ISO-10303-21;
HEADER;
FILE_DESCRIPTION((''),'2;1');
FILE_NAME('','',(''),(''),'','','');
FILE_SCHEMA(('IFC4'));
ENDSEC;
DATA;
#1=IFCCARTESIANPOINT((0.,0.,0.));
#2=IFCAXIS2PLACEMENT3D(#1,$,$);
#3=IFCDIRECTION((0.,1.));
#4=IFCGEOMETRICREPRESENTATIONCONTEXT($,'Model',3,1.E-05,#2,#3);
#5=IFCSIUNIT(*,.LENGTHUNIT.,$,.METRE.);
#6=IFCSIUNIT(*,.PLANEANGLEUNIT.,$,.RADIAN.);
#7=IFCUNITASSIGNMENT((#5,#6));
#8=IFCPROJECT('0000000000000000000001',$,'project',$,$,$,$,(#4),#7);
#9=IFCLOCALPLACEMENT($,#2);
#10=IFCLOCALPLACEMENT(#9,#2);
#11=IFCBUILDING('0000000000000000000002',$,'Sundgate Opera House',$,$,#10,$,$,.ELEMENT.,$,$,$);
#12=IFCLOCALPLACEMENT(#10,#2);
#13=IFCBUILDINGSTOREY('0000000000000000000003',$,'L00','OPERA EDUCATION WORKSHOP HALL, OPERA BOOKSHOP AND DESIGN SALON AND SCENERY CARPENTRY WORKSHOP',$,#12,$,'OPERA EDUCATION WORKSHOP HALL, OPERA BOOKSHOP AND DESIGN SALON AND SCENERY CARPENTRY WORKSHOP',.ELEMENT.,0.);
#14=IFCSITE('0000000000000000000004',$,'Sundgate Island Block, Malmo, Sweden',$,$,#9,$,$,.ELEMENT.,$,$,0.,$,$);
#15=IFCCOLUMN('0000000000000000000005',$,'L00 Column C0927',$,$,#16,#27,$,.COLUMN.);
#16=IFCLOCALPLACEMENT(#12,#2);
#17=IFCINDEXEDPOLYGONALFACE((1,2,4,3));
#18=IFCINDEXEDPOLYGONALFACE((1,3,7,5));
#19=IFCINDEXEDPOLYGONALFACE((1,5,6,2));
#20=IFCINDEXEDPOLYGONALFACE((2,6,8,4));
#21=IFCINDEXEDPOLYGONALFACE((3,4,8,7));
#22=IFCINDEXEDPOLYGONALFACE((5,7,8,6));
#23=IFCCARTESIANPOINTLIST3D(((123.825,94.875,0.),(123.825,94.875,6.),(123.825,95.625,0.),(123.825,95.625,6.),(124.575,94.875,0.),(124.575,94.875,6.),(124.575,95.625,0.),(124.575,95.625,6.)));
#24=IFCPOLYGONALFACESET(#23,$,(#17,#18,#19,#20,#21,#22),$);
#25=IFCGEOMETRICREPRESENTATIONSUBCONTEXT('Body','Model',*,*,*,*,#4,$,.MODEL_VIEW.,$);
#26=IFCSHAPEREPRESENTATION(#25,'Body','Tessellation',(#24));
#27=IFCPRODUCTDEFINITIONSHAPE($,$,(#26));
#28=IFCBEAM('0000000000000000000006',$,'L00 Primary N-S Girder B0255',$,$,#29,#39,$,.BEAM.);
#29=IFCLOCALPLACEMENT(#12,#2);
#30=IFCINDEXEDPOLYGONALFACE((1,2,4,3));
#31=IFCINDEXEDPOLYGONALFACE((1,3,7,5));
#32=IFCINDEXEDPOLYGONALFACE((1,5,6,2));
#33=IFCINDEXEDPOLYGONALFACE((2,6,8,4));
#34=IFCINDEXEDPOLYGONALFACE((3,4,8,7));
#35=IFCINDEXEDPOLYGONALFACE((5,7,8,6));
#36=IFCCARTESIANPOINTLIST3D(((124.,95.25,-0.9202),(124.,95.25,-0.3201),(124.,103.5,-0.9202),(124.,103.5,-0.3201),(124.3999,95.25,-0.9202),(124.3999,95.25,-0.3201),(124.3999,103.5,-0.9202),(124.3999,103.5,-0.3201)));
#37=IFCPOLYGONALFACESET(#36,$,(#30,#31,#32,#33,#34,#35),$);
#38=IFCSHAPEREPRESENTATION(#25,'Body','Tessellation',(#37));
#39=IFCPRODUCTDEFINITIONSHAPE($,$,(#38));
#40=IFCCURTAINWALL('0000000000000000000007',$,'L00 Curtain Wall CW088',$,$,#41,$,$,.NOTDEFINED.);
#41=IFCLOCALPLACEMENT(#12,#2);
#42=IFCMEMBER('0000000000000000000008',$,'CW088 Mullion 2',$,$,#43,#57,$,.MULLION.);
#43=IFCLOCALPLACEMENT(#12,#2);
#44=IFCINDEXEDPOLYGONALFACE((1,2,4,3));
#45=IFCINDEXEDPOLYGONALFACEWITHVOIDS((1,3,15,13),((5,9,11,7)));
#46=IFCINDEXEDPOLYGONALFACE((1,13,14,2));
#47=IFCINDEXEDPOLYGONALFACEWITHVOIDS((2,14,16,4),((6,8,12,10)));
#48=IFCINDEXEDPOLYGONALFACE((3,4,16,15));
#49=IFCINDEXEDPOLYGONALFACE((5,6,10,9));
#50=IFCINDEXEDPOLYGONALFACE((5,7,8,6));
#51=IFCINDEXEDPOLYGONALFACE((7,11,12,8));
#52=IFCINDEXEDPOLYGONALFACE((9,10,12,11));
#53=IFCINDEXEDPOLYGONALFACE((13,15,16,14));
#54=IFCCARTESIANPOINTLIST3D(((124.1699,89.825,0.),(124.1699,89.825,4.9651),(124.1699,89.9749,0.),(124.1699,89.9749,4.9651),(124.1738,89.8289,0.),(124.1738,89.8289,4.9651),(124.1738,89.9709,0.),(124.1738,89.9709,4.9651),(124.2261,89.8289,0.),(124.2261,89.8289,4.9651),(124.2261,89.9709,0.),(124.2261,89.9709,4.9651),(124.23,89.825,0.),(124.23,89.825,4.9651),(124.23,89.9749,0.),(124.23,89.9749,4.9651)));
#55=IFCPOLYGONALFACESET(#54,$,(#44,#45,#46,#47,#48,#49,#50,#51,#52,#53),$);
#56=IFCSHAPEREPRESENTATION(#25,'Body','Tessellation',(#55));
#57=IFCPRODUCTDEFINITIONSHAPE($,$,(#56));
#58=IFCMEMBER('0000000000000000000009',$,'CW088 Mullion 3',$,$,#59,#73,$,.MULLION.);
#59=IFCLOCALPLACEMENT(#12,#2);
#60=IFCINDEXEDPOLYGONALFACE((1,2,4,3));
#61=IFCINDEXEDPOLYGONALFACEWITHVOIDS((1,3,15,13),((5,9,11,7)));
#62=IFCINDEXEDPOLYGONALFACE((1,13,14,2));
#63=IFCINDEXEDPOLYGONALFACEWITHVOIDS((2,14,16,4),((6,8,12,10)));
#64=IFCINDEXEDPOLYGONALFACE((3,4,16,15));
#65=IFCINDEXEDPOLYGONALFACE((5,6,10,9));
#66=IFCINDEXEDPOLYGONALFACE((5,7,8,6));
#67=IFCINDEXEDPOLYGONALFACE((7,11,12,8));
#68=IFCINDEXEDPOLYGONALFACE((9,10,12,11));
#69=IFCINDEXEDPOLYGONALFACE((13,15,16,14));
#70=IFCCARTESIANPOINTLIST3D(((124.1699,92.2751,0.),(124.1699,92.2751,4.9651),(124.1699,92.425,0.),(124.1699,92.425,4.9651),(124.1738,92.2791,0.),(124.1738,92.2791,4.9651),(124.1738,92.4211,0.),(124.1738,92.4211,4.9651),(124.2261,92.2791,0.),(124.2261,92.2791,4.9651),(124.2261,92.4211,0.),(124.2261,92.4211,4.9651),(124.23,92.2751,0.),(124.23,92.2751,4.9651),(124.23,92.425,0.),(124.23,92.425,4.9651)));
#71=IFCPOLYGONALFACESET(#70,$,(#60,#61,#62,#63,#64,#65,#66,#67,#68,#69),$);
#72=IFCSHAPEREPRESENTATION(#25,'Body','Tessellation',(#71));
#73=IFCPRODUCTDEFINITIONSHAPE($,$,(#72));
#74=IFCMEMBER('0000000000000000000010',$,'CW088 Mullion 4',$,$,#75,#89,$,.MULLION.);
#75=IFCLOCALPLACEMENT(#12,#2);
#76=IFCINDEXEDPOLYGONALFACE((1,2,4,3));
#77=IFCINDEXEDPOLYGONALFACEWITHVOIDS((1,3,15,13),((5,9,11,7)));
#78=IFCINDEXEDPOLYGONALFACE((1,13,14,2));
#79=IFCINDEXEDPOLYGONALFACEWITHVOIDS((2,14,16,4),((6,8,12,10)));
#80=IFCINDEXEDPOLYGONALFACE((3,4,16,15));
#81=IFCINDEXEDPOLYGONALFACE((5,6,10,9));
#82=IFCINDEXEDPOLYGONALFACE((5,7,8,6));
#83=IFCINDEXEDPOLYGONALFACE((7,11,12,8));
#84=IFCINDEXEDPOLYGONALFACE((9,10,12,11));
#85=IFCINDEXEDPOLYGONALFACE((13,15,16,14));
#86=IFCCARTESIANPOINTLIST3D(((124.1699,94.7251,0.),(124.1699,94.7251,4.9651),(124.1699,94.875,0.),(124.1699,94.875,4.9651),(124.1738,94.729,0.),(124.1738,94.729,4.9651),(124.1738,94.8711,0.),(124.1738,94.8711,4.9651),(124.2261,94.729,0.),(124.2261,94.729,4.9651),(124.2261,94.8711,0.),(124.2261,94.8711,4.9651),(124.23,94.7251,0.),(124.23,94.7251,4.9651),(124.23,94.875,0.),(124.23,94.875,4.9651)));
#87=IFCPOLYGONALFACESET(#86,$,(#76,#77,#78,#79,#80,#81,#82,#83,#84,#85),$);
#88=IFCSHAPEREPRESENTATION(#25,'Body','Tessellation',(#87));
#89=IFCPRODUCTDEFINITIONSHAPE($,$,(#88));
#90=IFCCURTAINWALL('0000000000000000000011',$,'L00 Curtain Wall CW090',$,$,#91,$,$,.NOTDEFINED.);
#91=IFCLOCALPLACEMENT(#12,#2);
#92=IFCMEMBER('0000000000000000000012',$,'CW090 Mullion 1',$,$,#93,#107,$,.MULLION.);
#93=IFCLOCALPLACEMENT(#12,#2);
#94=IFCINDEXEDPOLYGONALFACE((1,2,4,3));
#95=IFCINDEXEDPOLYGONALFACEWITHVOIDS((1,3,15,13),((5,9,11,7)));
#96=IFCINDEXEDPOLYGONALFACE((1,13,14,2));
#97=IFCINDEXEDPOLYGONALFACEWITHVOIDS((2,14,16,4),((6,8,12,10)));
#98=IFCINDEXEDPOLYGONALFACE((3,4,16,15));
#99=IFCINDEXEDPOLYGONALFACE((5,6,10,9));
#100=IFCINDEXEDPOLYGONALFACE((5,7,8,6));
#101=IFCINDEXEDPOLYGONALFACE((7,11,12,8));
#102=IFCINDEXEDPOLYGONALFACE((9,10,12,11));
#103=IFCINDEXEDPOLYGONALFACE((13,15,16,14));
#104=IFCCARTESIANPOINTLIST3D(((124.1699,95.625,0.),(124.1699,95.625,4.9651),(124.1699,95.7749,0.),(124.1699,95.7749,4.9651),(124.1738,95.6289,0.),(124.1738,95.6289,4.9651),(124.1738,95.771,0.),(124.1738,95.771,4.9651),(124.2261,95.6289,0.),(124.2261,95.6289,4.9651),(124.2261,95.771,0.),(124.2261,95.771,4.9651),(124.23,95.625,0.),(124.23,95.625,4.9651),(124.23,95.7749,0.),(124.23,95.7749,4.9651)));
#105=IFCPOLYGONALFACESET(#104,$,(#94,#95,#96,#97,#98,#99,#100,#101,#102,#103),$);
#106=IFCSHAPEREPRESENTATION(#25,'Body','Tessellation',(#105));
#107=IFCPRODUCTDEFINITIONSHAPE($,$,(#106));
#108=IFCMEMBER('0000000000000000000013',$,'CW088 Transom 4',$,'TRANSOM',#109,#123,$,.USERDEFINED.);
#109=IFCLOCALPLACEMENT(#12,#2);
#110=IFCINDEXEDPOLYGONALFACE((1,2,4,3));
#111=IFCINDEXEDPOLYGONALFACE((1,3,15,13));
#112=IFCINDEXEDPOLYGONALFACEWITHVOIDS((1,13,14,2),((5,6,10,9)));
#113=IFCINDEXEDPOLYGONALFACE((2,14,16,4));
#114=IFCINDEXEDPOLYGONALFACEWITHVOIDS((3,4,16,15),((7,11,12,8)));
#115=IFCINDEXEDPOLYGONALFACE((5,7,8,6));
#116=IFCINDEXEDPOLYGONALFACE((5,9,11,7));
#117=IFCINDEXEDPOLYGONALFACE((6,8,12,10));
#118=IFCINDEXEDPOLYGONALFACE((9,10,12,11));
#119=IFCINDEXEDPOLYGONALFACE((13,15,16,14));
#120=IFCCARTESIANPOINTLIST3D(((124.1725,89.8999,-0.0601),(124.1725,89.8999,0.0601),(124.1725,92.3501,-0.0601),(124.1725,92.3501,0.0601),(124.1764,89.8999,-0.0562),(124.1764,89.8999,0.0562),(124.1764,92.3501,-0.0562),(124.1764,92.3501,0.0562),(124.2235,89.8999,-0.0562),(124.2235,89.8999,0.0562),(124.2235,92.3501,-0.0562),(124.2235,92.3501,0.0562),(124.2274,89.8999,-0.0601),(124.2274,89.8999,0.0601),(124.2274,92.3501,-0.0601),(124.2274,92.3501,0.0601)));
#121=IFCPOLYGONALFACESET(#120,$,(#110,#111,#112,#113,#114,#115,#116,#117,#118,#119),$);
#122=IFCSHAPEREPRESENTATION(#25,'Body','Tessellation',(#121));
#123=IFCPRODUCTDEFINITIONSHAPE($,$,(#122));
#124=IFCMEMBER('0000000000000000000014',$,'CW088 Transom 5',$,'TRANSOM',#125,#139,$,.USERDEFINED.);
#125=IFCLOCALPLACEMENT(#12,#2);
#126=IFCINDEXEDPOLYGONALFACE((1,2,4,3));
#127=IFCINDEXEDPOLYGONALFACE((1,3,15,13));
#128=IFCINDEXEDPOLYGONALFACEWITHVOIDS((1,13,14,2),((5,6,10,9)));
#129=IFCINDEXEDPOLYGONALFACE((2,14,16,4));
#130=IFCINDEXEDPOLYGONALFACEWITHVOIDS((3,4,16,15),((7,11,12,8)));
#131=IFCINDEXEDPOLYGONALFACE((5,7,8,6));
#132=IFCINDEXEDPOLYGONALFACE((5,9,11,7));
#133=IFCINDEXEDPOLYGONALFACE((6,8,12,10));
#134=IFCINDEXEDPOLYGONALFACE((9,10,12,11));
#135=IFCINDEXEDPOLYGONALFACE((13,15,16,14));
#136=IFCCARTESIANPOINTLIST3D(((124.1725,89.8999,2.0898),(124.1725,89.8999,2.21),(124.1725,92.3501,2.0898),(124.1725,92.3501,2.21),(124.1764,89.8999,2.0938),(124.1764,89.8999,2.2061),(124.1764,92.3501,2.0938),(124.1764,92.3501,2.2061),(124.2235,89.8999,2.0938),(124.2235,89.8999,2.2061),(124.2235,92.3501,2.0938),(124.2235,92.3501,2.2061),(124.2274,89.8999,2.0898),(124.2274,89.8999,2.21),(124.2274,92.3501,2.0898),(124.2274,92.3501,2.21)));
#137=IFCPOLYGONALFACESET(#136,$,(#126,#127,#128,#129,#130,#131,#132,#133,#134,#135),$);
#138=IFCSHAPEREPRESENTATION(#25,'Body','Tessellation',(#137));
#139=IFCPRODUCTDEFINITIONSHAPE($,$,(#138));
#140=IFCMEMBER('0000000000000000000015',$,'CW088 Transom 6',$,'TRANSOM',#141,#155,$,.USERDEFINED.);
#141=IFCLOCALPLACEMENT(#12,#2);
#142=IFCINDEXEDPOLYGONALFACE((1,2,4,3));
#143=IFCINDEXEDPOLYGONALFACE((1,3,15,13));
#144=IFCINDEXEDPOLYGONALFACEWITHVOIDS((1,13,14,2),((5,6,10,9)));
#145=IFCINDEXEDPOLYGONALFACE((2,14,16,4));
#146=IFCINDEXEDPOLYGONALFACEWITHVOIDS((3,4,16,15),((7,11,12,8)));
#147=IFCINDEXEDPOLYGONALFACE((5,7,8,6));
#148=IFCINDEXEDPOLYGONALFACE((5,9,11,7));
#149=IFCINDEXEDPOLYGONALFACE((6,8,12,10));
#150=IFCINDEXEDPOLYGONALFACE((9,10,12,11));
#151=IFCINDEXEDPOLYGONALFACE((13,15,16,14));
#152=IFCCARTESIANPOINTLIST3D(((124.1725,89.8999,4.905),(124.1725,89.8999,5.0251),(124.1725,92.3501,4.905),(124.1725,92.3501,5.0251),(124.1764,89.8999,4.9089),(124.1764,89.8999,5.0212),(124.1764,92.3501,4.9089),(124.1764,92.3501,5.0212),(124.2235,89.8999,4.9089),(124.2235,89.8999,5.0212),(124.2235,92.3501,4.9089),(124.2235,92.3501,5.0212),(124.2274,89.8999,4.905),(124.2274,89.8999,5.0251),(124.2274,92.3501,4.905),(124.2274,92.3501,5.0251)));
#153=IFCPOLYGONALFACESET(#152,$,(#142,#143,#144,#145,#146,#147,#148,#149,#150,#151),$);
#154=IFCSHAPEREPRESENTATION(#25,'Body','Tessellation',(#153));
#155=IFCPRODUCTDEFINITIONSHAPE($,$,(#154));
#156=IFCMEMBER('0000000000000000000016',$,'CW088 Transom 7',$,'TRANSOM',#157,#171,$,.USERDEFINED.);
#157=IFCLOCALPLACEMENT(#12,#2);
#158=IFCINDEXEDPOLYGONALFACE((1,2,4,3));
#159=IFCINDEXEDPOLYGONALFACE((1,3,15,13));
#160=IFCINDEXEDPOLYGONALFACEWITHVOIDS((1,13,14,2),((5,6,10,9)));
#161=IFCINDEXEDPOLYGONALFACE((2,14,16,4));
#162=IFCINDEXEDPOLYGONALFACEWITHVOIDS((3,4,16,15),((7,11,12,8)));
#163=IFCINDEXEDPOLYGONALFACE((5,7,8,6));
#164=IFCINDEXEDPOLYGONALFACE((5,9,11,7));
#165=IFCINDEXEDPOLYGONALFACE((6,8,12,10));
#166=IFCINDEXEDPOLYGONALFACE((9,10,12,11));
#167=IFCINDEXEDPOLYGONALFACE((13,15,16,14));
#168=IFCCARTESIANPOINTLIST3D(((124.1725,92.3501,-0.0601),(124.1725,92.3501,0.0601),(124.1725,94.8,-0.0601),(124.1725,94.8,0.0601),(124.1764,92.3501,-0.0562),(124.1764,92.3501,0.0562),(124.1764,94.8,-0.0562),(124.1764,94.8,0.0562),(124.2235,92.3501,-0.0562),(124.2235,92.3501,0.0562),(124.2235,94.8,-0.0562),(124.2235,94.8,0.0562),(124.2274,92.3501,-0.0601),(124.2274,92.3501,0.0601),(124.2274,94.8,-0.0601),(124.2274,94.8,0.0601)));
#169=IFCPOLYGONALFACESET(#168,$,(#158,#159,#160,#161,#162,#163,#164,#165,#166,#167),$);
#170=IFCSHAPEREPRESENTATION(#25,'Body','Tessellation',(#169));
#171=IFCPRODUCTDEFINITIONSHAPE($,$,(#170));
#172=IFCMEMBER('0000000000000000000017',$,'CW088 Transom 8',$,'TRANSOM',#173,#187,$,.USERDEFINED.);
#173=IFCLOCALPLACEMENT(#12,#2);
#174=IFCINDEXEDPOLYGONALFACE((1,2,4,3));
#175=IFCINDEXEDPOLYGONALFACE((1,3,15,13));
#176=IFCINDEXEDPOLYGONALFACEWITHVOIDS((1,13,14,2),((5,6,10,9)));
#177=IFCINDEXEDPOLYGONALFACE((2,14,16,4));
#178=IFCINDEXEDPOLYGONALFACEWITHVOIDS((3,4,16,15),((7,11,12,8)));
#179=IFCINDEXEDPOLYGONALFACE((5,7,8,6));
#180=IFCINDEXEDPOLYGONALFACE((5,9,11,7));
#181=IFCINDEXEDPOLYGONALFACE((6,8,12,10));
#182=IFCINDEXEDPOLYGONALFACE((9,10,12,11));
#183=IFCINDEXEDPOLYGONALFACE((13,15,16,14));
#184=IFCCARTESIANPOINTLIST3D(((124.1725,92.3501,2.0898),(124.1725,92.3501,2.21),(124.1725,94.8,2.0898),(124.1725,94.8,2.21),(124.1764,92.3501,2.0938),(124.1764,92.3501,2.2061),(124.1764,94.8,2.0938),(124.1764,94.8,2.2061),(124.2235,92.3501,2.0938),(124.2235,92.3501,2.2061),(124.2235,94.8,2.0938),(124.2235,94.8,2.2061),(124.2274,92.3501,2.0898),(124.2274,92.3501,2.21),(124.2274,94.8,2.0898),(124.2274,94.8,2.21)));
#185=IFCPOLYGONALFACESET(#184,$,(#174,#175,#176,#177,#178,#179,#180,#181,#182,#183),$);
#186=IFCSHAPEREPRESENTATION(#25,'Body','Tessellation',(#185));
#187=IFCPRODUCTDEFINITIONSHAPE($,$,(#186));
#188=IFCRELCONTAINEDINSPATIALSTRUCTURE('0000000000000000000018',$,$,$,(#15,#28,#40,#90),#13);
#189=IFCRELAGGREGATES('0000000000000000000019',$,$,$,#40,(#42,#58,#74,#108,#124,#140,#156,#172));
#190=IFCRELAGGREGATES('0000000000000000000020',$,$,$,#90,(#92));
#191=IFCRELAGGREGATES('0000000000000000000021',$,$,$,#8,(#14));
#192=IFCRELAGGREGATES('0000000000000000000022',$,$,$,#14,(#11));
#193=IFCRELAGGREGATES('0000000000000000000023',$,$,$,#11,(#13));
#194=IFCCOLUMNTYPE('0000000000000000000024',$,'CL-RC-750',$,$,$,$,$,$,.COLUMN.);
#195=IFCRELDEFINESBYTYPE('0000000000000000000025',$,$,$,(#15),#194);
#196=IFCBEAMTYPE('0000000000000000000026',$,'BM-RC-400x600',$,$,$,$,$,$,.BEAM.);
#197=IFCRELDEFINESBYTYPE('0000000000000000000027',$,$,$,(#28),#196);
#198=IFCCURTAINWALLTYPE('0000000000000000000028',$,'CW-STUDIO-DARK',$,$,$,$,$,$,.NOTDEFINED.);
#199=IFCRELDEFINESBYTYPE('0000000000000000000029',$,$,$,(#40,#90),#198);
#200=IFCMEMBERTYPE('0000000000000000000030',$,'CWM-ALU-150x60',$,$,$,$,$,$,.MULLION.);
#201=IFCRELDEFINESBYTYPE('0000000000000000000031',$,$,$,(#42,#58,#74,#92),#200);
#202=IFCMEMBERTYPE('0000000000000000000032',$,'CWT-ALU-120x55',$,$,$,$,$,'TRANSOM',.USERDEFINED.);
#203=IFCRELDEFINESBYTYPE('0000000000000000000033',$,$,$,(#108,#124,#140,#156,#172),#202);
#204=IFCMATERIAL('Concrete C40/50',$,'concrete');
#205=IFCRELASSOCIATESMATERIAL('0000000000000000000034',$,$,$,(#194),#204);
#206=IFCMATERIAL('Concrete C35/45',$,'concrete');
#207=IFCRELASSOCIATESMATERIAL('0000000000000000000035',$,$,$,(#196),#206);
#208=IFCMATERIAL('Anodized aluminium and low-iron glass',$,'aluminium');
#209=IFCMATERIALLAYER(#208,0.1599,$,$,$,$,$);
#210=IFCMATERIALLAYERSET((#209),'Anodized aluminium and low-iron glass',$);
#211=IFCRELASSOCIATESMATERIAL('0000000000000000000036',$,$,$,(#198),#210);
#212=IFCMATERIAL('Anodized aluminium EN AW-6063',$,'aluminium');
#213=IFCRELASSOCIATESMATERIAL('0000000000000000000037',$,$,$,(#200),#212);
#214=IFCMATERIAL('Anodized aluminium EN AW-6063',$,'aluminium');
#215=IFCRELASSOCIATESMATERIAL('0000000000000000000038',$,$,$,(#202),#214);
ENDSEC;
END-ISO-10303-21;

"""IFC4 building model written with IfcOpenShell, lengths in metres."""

from ifc_helpers import new_model, si_unit, direction, frame, origin, origin_2d, place, context, subcontext, project, spatial, rectangle, hollow_rectangle, extrude, material, layer, layer_set, material_profile, profile_set, type_object, element, aggregate, save


model = new_model("IFC4")

# Units and contexts
model_context = context("Model", 3, precision=1e-05, world=origin(), true_north=direction((0.0, 1.0)))
body_context = subcontext(model_context, "Body", "Model", "MODEL_VIEW")
ifc_project = project(units=[si_unit("LENGTHUNIT", "METRE"), si_unit("PLANEANGLEUNIT", "RADIAN")], contexts=[model_context])

# Site, building, storey
site_placement = place(None, origin())
site = spatial("IfcSite", under=ifc_project, at=site_placement, Name="Sundgate Island Block, Malmo, Sweden", CompositionType="ELEMENT", RefElevation=0.0)
building_placement = place(site_placement, origin())
building = spatial("IfcBuilding", under=site, at=building_placement, Name="Sundgate Opera House", CompositionType="ELEMENT")
storey_placement = place(building_placement, origin())
storey = spatial("IfcBuildingStorey", under=building, at=storey_placement, Name="L00", Description="OPERA EDUCATION WORKSHOP HALL, OPERA BOOKSHOP AND DESIGN SALON AND SCENERY CARPENTRY WORKSHOP", LongName="OPERA EDUCATION WORKSHOP HALL, OPERA BOOKSHOP AND DESIGN SALON AND SCENERY CARPENTRY WORKSHOP", CompositionType="ELEMENT", Elevation=0.0)

# Column
ifc_material_1 = material(Name="Concrete C40/50", Category="concrete")
ifc_material_profile_1 = material_profile(ifc_material_1, rectangle(XDim=0.75, YDim=0.75, at=origin_2d()), Name="RC 750x750")
ifc_profile_set_1 = profile_set([ifc_material_profile_1], Name="Concrete C40/50")
column_type = type_object("IfcColumnType", Name="CL-RC-750", PredefinedType="COLUMN", material=ifc_profile_set_1)
column_placement = place(storey_placement, frame((124.2, 95.25, 0.0), z_axis=(0.0, 0.0, 1.0), x_axis=(1.0, 0.0, 0.0)))
element("IfcColumn", 1, at=column_placement, inside=storey, type_object=column_type, Name="L00 Column C0927", PredefinedType="COLUMN", context=body_context, shape_type="SweptSolid", body=[
    extrude(rectangle(XDim=0.75, YDim=0.75, at=origin_2d()), origin(), (0.0, 0.0, 1.0), 6.0),
])

# Beam
ifc_material_2 = material(Name="Concrete C35/45", Category="concrete")
ifc_material_profile_2 = material_profile(ifc_material_2, rectangle(XDim=0.3999, YDim=0.6001, at=origin_2d()), Name="RC 400x600")
ifc_profile_set_2 = profile_set([ifc_material_profile_2], Name="Concrete C35/45")
beam_type = type_object("IfcBeamType", Name="BM-RC-400x600", PredefinedType="BEAM", material=ifc_profile_set_2)
beam_placement = place(storey_placement, frame((124.2, 95.25, -0.6201), z_axis=(0.0, 1.0, 0.0), x_axis=(-1.0, 0.0, 0.0)))
element("IfcBeam", 2, at=beam_placement, inside=storey, type_object=beam_type, Name="L00 Primary N-S Girder B0255", PredefinedType="BEAM", context=body_context, shape_type="SweptSolid", body=[
    extrude(rectangle(XDim=0.3999, YDim=0.6001, at=origin_2d()), origin(), (0.0, 0.0, 1.0), 8.25),
])

# Curtain wall, members
ifc_material_3 = material(Name="Anodized aluminium and low-iron glass", Category="aluminium")
ifc_layer_1 = layer(ifc_material_3, 0.1599)
ifc_layer_set_1 = layer_set([ifc_layer_1], Name="Anodized aluminium and low-iron glass")
curtain_wall_type = type_object("IfcCurtainWallType", Name="CW-STUDIO-DARK", PredefinedType="NOTDEFINED", material=ifc_layer_set_1)
curtain_wall_1_placement = place(storey_placement, origin())
curtain_wall_1 = element("IfcCurtainWall", 3, at=curtain_wall_1_placement, inside=storey, type_object=curtain_wall_type, Name="L00 Curtain Wall CW088", PredefinedType="NOTDEFINED")
ifc_material_4 = material(Name="Anodized aluminium EN AW-6063", Category="aluminium")
ifc_material_profile_3 = material_profile(ifc_material_4, hollow_rectangle(XDim=0.0601, YDim=0.1499, WallThickness=0.0039, at=origin_2d()), Name="CWM 150x60x4")
ifc_profile_set_3 = profile_set([ifc_material_profile_3], Name="Anodized aluminium EN AW-6063")
member_type_1 = type_object("IfcMemberType", Name="CWM-ALU-150x60", PredefinedType="MULLION", material=ifc_profile_set_3)
member_1_placement = place(storey_placement, frame((124.2, 89.8999, 0.0), z_axis=(0.0, 0.0, 1.0), x_axis=(1.0, 0.0, 0.0)))
member_1 = element("IfcMember", 4, at=member_1_placement, type_object=member_type_1, Name="CW088 Mullion 2", PredefinedType="MULLION", context=body_context, shape_type="SweptSolid", body=[
    extrude(hollow_rectangle(XDim=0.0601, YDim=0.1499, WallThickness=0.0039, at=origin_2d()), origin(), (0.0, 0.0, 1.0), 4.9651),
])
member_2_placement = place(storey_placement, frame((124.2, 92.3501, 0.0), z_axis=(0.0, 0.0, 1.0), x_axis=(1.0, 0.0, 0.0)))
member_2 = element("IfcMember", 5, at=member_2_placement, type_object=member_type_1, Name="CW088 Mullion 3", PredefinedType="MULLION", context=body_context, shape_type="SweptSolid", body=[
    extrude(hollow_rectangle(XDim=0.0601, YDim=0.1499, WallThickness=0.0039, at=origin_2d()), origin(), (0.0, 0.0, 1.0), 4.9651),
])
member_3_placement = place(storey_placement, frame((124.2, 94.8, 0.0), z_axis=(0.0, 0.0, 1.0), x_axis=(1.0, 0.0, 0.0)))
member_3 = element("IfcMember", 6, at=member_3_placement, type_object=member_type_1, Name="CW088 Mullion 4", PredefinedType="MULLION", context=body_context, shape_type="SweptSolid", body=[
    extrude(hollow_rectangle(XDim=0.0601, YDim=0.1499, WallThickness=0.0039, at=origin_2d()), origin(), (0.0, 0.0, 1.0), 4.9651),
])

# Curtain wall, member
curtain_wall_2_placement = place(storey_placement, origin())
curtain_wall_2 = element("IfcCurtainWall", 7, at=curtain_wall_2_placement, inside=storey, type_object=curtain_wall_type, Name="L00 Curtain Wall CW090", PredefinedType="NOTDEFINED")
member_4_placement = place(storey_placement, frame((124.2, 95.7, 0.0), z_axis=(0.0, 0.0, 1.0), x_axis=(1.0, 0.0, 0.0)))
member_4 = element("IfcMember", 8, at=member_4_placement, type_object=member_type_1, Name="CW090 Mullion 1", PredefinedType="MULLION", context=body_context, shape_type="SweptSolid", body=[
    extrude(hollow_rectangle(XDim=0.0601, YDim=0.1499, WallThickness=0.0039, at=origin_2d()), origin(), (0.0, 0.0, 1.0), 4.9651),
])

# Members
ifc_material_5 = material(Name="Anodized aluminium EN AW-6063", Category="aluminium")
ifc_material_profile_4 = material_profile(ifc_material_5, hollow_rectangle(XDim=0.0549, YDim=0.1201, WallThickness=0.0039, at=origin_2d()), Name="CWT 120x55x4")
ifc_profile_set_4 = profile_set([ifc_material_profile_4], Name="Anodized aluminium EN AW-6063")
member_type_2 = type_object("IfcMemberType", Name="CWT-ALU-120x55", ElementType="TRANSOM", PredefinedType="USERDEFINED", material=ifc_profile_set_4)
member_5_placement = place(storey_placement, frame((124.2, 89.8999, 0.0), z_axis=(0.0, 1.0, 0.0), x_axis=(-1.0, 0.0, 0.0)))
member_5 = element("IfcMember", 9, at=member_5_placement, type_object=member_type_2, Name="CW088 Transom 4", ObjectType="TRANSOM", PredefinedType="USERDEFINED", context=body_context, shape_type="SweptSolid", body=[
    extrude(hollow_rectangle(XDim=0.0549, YDim=0.1201, WallThickness=0.0039, at=origin_2d()), origin(), (0.0, 0.0, 1.0), 2.4502),
])
member_6_placement = place(storey_placement, frame((124.2, 89.8999, 2.1499), z_axis=(0.0, 1.0, 0.0), x_axis=(-1.0, 0.0, 0.0)))
member_6 = element("IfcMember", 10, at=member_6_placement, type_object=member_type_2, Name="CW088 Transom 5", ObjectType="TRANSOM", PredefinedType="USERDEFINED", context=body_context, shape_type="SweptSolid", body=[
    extrude(hollow_rectangle(XDim=0.0549, YDim=0.1201, WallThickness=0.0039, at=origin_2d()), origin(), (0.0, 0.0, 1.0), 2.4502),
])
member_7_placement = place(storey_placement, frame((124.2, 89.8999, 4.9651), z_axis=(0.0, 1.0, 0.0), x_axis=(-1.0, 0.0, 0.0)))
member_7 = element("IfcMember", 11, at=member_7_placement, type_object=member_type_2, Name="CW088 Transom 6", ObjectType="TRANSOM", PredefinedType="USERDEFINED", context=body_context, shape_type="SweptSolid", body=[
    extrude(hollow_rectangle(XDim=0.0549, YDim=0.1201, WallThickness=0.0039, at=origin_2d()), origin(), (0.0, 0.0, 1.0), 2.4502),
])
member_8_placement = place(storey_placement, frame((124.2, 92.3501, 0.0), z_axis=(0.0, 1.0, 0.0), x_axis=(-1.0, 0.0, 0.0)))
member_8 = element("IfcMember", 12, at=member_8_placement, type_object=member_type_2, Name="CW088 Transom 7", ObjectType="TRANSOM", PredefinedType="USERDEFINED", context=body_context, shape_type="SweptSolid", body=[
    extrude(hollow_rectangle(XDim=0.0549, YDim=0.1201, WallThickness=0.0039, at=origin_2d()), origin(), (0.0, 0.0, 1.0), 2.45),
])
member_9_placement = place(storey_placement, frame((124.2, 92.3501, 2.1499), z_axis=(0.0, 1.0, 0.0), x_axis=(-1.0, 0.0, 0.0)))
member_9 = element("IfcMember", 13, at=member_9_placement, type_object=member_type_2, Name="CW088 Transom 8", ObjectType="TRANSOM", PredefinedType="USERDEFINED", context=body_context, shape_type="SweptSolid", body=[
    extrude(hollow_rectangle(XDim=0.0549, YDim=0.1201, WallThickness=0.0039, at=origin_2d()), origin(), (0.0, 0.0, 1.0), 2.45),
])

aggregate(curtain_wall_1, [member_1, member_2, member_3, member_5, member_6, member_7, member_8, member_9])
aggregate(curtain_wall_2, [member_4])

save(model, "model.ifc")
